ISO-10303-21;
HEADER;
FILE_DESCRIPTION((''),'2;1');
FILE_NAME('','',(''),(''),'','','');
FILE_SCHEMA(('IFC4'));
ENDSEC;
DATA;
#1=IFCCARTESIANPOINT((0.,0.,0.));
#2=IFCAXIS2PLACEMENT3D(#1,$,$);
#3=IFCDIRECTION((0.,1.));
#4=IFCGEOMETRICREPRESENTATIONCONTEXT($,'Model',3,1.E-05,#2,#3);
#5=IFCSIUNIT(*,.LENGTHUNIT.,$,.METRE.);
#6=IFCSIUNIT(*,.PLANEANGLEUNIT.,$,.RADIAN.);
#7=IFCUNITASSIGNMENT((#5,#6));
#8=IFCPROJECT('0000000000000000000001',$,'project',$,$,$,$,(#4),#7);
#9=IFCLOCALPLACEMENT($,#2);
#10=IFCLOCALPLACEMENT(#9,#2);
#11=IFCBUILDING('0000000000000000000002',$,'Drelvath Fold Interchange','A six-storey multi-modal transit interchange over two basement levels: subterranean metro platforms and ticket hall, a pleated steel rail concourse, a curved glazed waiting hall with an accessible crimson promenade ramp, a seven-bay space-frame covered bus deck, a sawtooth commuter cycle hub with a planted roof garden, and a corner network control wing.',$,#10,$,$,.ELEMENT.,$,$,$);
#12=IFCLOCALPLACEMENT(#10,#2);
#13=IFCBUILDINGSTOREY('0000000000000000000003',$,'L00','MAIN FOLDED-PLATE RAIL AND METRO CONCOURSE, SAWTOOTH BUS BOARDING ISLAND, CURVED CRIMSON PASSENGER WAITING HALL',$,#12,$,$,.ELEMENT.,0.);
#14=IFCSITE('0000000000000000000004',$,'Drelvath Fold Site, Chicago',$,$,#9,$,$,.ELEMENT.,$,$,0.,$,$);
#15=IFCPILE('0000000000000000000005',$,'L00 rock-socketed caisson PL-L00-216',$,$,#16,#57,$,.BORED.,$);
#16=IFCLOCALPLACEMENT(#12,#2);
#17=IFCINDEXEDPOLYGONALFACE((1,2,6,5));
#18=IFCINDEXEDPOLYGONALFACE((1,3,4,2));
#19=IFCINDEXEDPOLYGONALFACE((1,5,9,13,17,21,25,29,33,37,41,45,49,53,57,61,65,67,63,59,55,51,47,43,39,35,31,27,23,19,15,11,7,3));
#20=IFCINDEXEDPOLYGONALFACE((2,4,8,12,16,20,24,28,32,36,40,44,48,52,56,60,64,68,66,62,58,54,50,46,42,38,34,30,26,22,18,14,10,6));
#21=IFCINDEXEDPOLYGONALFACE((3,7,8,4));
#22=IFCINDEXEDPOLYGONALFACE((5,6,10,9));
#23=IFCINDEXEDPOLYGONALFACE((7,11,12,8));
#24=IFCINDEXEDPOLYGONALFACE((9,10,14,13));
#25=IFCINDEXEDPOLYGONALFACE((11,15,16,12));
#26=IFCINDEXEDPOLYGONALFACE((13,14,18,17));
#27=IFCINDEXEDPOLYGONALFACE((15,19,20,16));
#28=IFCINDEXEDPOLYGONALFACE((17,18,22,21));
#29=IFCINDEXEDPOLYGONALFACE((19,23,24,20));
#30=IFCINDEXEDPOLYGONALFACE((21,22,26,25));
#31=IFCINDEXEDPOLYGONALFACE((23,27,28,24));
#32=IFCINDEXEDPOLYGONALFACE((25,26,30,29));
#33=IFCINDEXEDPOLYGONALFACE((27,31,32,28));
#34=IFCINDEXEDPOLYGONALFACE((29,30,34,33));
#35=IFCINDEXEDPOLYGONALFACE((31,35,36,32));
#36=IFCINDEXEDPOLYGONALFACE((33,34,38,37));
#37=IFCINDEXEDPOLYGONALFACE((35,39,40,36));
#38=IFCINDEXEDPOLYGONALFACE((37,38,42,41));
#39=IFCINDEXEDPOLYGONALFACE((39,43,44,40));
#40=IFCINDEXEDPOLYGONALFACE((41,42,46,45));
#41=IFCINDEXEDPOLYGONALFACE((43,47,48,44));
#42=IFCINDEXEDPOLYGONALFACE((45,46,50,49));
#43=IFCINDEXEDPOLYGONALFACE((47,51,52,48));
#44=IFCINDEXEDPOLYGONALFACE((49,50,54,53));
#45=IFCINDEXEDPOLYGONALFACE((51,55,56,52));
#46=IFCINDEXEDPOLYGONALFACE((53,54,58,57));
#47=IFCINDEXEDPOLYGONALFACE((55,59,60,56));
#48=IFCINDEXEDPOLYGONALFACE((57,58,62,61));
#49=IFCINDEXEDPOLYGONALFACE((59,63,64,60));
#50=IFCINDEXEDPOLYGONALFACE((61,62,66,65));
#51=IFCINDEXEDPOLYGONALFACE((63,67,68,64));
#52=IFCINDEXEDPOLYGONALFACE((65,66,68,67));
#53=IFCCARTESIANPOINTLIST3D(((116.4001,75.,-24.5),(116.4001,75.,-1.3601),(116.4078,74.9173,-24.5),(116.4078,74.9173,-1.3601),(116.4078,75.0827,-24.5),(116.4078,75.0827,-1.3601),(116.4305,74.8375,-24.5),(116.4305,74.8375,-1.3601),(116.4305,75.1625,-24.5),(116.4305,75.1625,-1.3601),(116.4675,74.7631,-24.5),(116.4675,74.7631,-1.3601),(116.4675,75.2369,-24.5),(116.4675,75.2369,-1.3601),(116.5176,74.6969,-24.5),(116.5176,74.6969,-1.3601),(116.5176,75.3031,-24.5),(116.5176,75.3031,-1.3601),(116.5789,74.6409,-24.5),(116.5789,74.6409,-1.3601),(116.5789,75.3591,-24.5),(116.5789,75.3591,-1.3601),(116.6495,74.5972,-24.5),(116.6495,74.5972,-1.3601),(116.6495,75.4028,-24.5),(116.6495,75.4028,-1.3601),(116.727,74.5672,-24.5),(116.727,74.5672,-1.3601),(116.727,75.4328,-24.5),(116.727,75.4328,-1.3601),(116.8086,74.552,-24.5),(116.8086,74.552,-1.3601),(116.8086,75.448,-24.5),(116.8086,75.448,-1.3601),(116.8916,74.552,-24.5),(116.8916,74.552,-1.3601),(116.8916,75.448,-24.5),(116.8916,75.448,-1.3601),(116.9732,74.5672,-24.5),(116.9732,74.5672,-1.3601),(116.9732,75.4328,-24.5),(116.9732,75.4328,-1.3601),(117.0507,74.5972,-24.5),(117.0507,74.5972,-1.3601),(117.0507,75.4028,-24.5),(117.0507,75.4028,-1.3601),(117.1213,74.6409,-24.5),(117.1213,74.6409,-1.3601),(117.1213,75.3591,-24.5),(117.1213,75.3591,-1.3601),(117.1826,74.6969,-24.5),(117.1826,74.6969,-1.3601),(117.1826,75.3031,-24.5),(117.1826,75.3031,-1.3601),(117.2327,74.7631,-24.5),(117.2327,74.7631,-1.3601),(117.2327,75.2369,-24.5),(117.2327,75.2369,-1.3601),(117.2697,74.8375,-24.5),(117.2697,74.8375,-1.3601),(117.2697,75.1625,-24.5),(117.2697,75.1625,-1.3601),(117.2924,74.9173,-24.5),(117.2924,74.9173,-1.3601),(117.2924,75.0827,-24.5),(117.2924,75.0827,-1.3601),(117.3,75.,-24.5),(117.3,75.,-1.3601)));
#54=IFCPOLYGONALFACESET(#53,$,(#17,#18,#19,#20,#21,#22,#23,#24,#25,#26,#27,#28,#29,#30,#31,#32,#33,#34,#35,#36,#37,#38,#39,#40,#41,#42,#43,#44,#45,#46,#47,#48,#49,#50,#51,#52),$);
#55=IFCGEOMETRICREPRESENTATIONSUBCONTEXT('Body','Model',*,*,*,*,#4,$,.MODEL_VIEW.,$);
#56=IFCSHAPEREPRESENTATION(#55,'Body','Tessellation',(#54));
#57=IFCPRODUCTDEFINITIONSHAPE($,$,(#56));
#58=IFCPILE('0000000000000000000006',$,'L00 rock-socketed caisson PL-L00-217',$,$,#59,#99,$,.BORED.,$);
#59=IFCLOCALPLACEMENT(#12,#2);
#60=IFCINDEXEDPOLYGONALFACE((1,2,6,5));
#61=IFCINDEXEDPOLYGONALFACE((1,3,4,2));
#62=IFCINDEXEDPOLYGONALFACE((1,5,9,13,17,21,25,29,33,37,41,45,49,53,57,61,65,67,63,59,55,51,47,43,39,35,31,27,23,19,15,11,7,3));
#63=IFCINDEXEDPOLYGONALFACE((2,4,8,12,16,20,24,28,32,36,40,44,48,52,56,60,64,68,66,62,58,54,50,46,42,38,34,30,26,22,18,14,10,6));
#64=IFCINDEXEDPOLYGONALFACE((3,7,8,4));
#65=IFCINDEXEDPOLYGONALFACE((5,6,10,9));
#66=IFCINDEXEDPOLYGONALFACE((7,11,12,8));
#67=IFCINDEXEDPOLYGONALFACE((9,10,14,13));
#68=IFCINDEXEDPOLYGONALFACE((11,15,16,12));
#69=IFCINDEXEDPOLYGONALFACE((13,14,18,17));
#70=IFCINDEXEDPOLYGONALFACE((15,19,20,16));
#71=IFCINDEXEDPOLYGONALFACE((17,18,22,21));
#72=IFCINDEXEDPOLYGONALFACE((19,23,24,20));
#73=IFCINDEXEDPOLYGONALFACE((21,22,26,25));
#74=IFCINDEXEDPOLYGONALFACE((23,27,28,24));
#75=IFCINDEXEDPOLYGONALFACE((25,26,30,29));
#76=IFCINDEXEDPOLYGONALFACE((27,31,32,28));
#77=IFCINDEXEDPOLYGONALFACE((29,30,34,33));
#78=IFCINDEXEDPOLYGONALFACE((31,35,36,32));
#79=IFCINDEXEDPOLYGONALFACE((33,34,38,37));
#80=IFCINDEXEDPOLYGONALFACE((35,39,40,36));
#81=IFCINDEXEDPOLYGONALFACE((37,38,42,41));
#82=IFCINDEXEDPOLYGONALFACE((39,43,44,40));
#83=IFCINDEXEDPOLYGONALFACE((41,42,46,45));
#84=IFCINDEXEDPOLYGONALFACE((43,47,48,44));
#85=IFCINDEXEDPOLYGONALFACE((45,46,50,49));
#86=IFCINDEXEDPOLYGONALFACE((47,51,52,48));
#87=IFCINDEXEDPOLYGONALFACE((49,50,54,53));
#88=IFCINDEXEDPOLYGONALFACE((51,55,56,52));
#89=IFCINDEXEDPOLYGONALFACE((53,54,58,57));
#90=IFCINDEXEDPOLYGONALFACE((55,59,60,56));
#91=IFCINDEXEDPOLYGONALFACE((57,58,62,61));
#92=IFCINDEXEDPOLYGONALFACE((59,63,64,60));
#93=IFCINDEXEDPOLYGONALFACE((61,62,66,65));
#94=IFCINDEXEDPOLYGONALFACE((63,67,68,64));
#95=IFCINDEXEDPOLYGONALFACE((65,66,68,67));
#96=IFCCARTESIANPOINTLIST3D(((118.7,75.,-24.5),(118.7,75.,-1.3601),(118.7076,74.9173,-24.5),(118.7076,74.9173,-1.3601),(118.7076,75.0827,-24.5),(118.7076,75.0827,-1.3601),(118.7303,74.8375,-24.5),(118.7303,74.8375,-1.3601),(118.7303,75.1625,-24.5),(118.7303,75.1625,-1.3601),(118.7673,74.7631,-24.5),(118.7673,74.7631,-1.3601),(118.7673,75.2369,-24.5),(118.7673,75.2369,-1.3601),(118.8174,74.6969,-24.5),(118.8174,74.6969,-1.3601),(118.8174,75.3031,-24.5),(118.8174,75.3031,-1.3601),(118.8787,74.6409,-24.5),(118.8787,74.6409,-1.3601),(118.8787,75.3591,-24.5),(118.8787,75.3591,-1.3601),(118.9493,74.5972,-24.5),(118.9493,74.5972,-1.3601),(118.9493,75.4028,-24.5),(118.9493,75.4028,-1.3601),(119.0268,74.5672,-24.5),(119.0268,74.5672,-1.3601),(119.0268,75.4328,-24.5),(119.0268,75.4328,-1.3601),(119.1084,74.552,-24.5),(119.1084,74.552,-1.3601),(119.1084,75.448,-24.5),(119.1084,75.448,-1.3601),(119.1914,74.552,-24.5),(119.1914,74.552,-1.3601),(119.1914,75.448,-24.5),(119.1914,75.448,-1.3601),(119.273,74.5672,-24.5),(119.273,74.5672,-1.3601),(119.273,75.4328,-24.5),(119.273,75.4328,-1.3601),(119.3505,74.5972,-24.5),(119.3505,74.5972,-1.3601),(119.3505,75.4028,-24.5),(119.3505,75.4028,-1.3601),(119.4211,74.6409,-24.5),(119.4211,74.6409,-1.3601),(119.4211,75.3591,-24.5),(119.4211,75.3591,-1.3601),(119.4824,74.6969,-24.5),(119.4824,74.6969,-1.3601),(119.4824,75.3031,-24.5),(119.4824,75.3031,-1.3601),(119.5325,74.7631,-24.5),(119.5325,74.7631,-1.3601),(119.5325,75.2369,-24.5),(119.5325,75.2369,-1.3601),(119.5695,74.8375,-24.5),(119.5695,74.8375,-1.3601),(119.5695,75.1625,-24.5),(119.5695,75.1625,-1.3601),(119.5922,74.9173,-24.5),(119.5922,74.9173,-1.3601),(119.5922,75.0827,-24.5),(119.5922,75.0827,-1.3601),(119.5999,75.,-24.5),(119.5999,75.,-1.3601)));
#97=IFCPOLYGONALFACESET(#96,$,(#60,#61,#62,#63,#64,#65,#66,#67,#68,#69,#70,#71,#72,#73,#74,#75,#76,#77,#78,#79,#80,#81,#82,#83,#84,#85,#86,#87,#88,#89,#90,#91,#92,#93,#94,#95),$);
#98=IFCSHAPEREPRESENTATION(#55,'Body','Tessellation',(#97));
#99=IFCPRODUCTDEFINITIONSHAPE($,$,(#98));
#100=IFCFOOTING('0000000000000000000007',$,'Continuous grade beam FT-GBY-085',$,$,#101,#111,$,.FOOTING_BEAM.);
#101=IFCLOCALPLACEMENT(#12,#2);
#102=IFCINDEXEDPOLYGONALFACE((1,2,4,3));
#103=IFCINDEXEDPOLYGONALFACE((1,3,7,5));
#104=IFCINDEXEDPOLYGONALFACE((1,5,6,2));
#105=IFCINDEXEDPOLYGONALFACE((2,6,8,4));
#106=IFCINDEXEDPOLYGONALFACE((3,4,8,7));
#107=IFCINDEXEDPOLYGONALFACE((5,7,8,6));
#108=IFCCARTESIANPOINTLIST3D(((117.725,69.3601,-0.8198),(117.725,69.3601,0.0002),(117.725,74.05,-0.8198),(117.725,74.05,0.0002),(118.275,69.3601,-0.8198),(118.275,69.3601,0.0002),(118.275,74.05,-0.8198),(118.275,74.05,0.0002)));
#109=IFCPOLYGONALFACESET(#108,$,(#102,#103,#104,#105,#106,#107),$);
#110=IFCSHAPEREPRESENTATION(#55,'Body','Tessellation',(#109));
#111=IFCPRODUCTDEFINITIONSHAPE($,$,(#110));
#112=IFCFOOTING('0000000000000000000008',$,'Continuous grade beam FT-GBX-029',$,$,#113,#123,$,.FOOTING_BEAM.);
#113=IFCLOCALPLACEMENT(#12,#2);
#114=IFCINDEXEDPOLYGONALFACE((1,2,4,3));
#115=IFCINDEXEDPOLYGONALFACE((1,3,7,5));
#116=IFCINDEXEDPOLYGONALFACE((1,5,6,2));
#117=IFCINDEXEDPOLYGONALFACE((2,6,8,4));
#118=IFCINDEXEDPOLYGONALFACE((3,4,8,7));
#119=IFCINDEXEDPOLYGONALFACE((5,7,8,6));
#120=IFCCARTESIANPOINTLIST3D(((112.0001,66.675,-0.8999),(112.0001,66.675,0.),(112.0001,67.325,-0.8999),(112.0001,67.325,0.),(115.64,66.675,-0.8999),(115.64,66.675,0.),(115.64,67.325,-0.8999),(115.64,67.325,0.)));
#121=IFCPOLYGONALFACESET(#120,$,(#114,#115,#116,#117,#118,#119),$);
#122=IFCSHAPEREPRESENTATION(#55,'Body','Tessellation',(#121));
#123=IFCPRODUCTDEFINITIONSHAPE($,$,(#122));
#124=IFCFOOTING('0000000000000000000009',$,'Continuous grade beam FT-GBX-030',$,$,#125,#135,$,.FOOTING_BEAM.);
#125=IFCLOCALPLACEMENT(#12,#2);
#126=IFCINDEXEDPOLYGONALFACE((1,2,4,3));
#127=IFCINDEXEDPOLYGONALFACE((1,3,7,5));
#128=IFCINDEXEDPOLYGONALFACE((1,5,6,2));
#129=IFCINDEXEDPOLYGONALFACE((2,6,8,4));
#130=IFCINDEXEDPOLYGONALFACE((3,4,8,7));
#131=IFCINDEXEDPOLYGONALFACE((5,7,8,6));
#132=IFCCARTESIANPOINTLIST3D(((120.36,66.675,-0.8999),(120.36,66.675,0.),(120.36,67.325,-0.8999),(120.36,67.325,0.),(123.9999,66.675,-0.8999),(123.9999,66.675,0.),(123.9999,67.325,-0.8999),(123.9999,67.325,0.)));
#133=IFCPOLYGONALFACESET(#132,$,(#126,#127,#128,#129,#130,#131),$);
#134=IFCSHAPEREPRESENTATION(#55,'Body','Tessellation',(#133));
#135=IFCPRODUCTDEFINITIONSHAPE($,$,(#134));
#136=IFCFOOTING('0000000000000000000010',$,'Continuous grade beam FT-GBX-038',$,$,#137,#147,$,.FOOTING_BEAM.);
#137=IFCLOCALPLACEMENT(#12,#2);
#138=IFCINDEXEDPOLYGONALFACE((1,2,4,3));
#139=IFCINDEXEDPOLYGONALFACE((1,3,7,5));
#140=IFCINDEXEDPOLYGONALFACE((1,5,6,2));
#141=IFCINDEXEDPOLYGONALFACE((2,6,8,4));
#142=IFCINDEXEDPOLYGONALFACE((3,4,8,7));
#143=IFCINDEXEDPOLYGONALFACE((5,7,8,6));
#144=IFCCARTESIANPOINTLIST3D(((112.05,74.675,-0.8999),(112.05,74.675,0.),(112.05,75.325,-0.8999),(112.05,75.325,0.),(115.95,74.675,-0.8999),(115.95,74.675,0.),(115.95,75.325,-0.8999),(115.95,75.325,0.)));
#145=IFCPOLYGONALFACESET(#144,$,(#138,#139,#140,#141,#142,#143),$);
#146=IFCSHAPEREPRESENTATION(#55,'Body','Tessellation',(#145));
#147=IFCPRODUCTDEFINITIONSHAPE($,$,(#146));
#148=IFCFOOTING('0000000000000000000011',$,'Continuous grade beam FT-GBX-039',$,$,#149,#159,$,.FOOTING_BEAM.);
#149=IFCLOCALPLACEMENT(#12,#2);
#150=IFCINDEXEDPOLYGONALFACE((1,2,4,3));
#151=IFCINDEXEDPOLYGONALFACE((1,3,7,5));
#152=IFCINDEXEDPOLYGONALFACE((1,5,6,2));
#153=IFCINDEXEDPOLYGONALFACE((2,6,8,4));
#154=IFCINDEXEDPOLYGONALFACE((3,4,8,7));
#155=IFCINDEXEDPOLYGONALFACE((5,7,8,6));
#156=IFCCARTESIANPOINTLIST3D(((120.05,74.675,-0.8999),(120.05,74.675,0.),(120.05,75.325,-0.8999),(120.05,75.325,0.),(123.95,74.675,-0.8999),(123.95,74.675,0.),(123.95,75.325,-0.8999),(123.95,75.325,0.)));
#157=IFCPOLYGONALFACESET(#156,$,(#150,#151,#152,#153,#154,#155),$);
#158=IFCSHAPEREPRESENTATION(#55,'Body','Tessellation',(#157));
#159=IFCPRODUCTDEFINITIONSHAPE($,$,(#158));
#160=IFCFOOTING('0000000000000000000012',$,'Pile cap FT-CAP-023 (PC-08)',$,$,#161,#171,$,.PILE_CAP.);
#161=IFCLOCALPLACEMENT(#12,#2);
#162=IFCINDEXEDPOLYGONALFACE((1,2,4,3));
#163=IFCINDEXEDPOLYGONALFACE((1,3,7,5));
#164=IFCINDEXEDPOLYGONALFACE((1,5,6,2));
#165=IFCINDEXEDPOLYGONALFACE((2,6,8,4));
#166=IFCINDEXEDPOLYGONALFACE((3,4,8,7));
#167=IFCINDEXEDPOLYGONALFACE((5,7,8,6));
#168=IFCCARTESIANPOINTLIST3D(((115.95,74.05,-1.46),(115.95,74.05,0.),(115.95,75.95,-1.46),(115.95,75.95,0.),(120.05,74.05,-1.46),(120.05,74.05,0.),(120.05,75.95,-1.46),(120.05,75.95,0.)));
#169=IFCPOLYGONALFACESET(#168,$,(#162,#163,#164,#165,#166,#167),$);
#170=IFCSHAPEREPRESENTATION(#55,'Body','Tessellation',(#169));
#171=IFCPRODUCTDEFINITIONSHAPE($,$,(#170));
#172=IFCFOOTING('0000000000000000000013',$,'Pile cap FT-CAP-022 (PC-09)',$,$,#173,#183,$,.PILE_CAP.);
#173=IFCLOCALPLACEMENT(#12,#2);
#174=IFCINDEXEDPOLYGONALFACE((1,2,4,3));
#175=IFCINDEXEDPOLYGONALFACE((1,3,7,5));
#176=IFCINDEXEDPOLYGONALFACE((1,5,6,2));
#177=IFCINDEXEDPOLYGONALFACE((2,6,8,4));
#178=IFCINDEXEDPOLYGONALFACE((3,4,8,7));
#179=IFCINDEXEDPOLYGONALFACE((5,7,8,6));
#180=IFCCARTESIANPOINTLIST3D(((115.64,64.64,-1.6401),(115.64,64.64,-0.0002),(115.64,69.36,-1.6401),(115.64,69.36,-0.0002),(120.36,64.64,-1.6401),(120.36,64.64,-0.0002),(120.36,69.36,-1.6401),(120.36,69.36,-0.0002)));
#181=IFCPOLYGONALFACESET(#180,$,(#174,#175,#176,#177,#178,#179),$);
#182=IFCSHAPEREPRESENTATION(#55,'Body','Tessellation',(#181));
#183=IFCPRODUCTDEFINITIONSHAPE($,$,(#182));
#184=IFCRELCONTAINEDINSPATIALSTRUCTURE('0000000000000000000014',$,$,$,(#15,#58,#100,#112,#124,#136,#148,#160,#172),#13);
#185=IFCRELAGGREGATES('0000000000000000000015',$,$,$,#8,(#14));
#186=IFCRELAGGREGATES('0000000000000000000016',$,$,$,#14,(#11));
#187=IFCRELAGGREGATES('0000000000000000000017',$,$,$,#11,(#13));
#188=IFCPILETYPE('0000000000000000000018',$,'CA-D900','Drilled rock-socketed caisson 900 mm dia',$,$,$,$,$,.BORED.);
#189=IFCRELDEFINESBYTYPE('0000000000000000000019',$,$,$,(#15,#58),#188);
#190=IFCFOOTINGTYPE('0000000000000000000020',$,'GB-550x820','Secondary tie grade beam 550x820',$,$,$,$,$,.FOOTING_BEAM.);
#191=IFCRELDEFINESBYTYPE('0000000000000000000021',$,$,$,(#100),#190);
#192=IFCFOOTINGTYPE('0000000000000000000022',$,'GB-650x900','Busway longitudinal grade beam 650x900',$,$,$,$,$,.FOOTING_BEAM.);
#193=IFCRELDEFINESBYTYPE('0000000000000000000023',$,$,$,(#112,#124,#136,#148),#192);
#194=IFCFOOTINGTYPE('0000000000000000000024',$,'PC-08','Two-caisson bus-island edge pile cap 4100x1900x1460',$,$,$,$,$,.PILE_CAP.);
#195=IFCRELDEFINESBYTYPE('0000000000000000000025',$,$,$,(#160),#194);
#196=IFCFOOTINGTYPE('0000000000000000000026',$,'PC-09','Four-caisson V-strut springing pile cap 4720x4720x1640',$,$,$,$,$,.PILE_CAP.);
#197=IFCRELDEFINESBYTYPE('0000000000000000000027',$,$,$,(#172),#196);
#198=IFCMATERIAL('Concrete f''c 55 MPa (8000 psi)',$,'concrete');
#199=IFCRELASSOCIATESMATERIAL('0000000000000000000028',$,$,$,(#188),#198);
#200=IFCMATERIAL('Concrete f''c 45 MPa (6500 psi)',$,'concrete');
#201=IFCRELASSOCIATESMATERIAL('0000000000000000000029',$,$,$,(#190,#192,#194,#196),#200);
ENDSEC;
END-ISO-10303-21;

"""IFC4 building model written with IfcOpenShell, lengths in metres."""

from ifc_helpers import new_model, si_unit, direction, frame, origin, origin_2d, place, context, subcontext, project, spatial, rectangle, circle, extrude, material, material_profile, profile_set, type_object, element, save


model = new_model("IFC4")

# Units and contexts
model_context = context("Model", 3, precision=1e-05, world=origin(), true_north=direction((0.0, 1.0)))
body_context = subcontext(model_context, "Body", "Model", "MODEL_VIEW")
ifc_project = project(units=[si_unit("LENGTHUNIT", "METRE"), si_unit("PLANEANGLEUNIT", "RADIAN")], contexts=[model_context])

# Site, building, storey
site_placement = place(None, origin())
site = spatial("IfcSite", under=ifc_project, at=site_placement, Name="Drelvath Fold Site, Chicago", CompositionType="ELEMENT", RefElevation=0.0)
building_placement = place(site_placement, origin())
building = spatial("IfcBuilding", under=site, at=building_placement, Name="Drelvath Fold Interchange", Description="A six-storey multi-modal transit interchange over two basement levels: subterranean metro platforms and ticket hall, a pleated steel rail concourse, a curved glazed waiting hall with an accessible crimson promenade ramp, a seven-bay space-frame covered bus deck, a sawtooth commuter cycle hub with a planted roof garden, and a corner network control wing.", CompositionType="ELEMENT")
storey_placement = place(building_placement, origin())
storey = spatial("IfcBuildingStorey", under=building, at=storey_placement, Name="L00", Description="MAIN FOLDED-PLATE RAIL AND METRO CONCOURSE, SAWTOOTH BUS BOARDING ISLAND, CURVED CRIMSON PASSENGER WAITING HALL", CompositionType="ELEMENT", Elevation=0.0)

# Piles
ifc_material_1 = material(Name="Concrete f'c 55 MPa (8000 psi)", Category="concrete")
ifc_material_profile_1 = material_profile(ifc_material_1, circle(Radius=0.45, at=origin_2d()), Name="CAISSON D900")
ifc_profile_set_1 = profile_set([ifc_material_profile_1], Name="Concrete f'c 55 MPa (8000 psi)")
pile_type_1 = type_object("IfcPileType", Name="CA-D900", Description="Drilled rock-socketed caisson 900 mm dia", PredefinedType="BORED", material=ifc_profile_set_1)
for number, where, z_axis, x_axis, name in (
    (1, (116.8501, 75.0, -1.3601), (0.0, 0.0, -1.0), (1.0, 0.0, 0.0), "L00 rock-socketed caisson PL-L00-216"),
    (2, (119.1499, 75.0, -1.3601), (0.0, 0.0, -1.0), (1.0, 0.0, 0.0), "L00 rock-socketed caisson PL-L00-217"),
):
    element("IfcPile", number, at=place(storey_placement, frame(where, z_axis=z_axis, x_axis=x_axis)), inside=storey, type_object=pile_type_1, Name=name, PredefinedType="BORED", context=body_context, shape_type="SweptSolid", body=[
        extrude(circle(Radius=0.45, at=origin_2d()), origin(), (0.0, 0.0, 1.0), 23.1399),
    ])

# Footings
ifc_material_2 = material(Name="Concrete f'c 45 MPa (6500 psi)", Category="concrete")
footing_type_1 = type_object("IfcFootingType", Name="GB-550x820", Description="Secondary tie grade beam 550x820", PredefinedType="FOOTING_BEAM", material=ifc_material_2)
footing_1_placement = place(storey_placement, frame((118.0, 71.7051, -0.8198), z_axis=(0.0, 0.0, 1.0), x_axis=(1.0, 0.0, 0.0)))
element("IfcFooting", 3, at=footing_1_placement, inside=storey, type_object=footing_type_1, Name="Continuous grade beam FT-GBY-085", PredefinedType="FOOTING_BEAM", context=body_context, shape_type="SweptSolid", body=[
    extrude(rectangle(XDim=0.55, YDim=4.6899, at=origin_2d()), origin(), (0.0, 0.0, 1.0), 0.8201),
])
footing_type_2 = type_object("IfcFootingType", Name="GB-650x900", Description="Busway longitudinal grade beam 650x900", PredefinedType="FOOTING_BEAM", material=ifc_material_2)
for number, where, z_axis, x_axis, name in (
    (4, (113.8201, 67.0, -0.8999), (0.0, 0.0, 1.0), (1.0, 0.0, 0.0), "Continuous grade beam FT-GBX-029"),
    (5, (122.1799, 67.0, -0.8999), (0.0, 0.0, 1.0), (1.0, 0.0, 0.0), "Continuous grade beam FT-GBX-030"),
):
    element("IfcFooting", number, at=place(storey_placement, frame(where, z_axis=z_axis, x_axis=x_axis)), inside=storey, type_object=footing_type_2, Name=name, PredefinedType="FOOTING_BEAM", context=body_context, shape_type="SweptSolid", body=[
        extrude(rectangle(XDim=3.6399, YDim=0.6499, at=origin_2d()), origin(), (0.0, 0.0, 1.0), 0.8999),
    ])
for number, where, z_axis, x_axis, name in (
    (6, (114.0, 75.0, -0.8999), (0.0, 0.0, 1.0), (1.0, 0.0, 0.0), "Continuous grade beam FT-GBX-038"),
    (7, (122.0, 75.0, -0.8999), (0.0, 0.0, 1.0), (1.0, 0.0, 0.0), "Continuous grade beam FT-GBX-039"),
):
    element("IfcFooting", number, at=place(storey_placement, frame(where, z_axis=z_axis, x_axis=x_axis)), inside=storey, type_object=footing_type_2, Name=name, PredefinedType="FOOTING_BEAM", context=body_context, shape_type="SweptSolid", body=[
        extrude(rectangle(XDim=3.8999, YDim=0.6499, at=origin_2d()), origin(), (0.0, 0.0, 1.0), 0.8999),
    ])
footing_type_3 = type_object("IfcFootingType", Name="PC-08", Description="Two-caisson bus-island edge pile cap 4100x1900x1460", PredefinedType="PILE_CAP", material=ifc_material_2)
footing_2_placement = place(storey_placement, frame((118.0, 75.0, -1.46), z_axis=(0.0, 0.0, 1.0), x_axis=(1.0, 0.0, 0.0)))
element("IfcFooting", 8, at=footing_2_placement, inside=storey, type_object=footing_type_3, Name="Pile cap FT-CAP-023 (PC-08)", PredefinedType="PILE_CAP", context=body_context, shape_type="SweptSolid", body=[
    extrude(rectangle(XDim=4.1001, YDim=1.8999, at=origin_2d()), origin(), (0.0, 0.0, 1.0), 1.46),
])
footing_type_4 = type_object("IfcFootingType", Name="PC-09", Description="Four-caisson V-strut springing pile cap 4720x4720x1640", PredefinedType="PILE_CAP", material=ifc_material_2)
footing_3_placement = place(storey_placement, frame((118.0, 67.0, -1.6401), z_axis=(0.0, 0.0, 1.0), x_axis=(1.0, 0.0, 0.0)))
element("IfcFooting", 9, at=footing_3_placement, inside=storey, type_object=footing_type_4, Name="Pile cap FT-CAP-022 (PC-09)", PredefinedType="PILE_CAP", context=body_context, shape_type="SweptSolid", body=[
    extrude(rectangle(XDim=4.72, YDim=4.72, at=origin_2d()), origin(), (0.0, 0.0, 1.0), 1.6399),
])

save(model, "model.ifc")
